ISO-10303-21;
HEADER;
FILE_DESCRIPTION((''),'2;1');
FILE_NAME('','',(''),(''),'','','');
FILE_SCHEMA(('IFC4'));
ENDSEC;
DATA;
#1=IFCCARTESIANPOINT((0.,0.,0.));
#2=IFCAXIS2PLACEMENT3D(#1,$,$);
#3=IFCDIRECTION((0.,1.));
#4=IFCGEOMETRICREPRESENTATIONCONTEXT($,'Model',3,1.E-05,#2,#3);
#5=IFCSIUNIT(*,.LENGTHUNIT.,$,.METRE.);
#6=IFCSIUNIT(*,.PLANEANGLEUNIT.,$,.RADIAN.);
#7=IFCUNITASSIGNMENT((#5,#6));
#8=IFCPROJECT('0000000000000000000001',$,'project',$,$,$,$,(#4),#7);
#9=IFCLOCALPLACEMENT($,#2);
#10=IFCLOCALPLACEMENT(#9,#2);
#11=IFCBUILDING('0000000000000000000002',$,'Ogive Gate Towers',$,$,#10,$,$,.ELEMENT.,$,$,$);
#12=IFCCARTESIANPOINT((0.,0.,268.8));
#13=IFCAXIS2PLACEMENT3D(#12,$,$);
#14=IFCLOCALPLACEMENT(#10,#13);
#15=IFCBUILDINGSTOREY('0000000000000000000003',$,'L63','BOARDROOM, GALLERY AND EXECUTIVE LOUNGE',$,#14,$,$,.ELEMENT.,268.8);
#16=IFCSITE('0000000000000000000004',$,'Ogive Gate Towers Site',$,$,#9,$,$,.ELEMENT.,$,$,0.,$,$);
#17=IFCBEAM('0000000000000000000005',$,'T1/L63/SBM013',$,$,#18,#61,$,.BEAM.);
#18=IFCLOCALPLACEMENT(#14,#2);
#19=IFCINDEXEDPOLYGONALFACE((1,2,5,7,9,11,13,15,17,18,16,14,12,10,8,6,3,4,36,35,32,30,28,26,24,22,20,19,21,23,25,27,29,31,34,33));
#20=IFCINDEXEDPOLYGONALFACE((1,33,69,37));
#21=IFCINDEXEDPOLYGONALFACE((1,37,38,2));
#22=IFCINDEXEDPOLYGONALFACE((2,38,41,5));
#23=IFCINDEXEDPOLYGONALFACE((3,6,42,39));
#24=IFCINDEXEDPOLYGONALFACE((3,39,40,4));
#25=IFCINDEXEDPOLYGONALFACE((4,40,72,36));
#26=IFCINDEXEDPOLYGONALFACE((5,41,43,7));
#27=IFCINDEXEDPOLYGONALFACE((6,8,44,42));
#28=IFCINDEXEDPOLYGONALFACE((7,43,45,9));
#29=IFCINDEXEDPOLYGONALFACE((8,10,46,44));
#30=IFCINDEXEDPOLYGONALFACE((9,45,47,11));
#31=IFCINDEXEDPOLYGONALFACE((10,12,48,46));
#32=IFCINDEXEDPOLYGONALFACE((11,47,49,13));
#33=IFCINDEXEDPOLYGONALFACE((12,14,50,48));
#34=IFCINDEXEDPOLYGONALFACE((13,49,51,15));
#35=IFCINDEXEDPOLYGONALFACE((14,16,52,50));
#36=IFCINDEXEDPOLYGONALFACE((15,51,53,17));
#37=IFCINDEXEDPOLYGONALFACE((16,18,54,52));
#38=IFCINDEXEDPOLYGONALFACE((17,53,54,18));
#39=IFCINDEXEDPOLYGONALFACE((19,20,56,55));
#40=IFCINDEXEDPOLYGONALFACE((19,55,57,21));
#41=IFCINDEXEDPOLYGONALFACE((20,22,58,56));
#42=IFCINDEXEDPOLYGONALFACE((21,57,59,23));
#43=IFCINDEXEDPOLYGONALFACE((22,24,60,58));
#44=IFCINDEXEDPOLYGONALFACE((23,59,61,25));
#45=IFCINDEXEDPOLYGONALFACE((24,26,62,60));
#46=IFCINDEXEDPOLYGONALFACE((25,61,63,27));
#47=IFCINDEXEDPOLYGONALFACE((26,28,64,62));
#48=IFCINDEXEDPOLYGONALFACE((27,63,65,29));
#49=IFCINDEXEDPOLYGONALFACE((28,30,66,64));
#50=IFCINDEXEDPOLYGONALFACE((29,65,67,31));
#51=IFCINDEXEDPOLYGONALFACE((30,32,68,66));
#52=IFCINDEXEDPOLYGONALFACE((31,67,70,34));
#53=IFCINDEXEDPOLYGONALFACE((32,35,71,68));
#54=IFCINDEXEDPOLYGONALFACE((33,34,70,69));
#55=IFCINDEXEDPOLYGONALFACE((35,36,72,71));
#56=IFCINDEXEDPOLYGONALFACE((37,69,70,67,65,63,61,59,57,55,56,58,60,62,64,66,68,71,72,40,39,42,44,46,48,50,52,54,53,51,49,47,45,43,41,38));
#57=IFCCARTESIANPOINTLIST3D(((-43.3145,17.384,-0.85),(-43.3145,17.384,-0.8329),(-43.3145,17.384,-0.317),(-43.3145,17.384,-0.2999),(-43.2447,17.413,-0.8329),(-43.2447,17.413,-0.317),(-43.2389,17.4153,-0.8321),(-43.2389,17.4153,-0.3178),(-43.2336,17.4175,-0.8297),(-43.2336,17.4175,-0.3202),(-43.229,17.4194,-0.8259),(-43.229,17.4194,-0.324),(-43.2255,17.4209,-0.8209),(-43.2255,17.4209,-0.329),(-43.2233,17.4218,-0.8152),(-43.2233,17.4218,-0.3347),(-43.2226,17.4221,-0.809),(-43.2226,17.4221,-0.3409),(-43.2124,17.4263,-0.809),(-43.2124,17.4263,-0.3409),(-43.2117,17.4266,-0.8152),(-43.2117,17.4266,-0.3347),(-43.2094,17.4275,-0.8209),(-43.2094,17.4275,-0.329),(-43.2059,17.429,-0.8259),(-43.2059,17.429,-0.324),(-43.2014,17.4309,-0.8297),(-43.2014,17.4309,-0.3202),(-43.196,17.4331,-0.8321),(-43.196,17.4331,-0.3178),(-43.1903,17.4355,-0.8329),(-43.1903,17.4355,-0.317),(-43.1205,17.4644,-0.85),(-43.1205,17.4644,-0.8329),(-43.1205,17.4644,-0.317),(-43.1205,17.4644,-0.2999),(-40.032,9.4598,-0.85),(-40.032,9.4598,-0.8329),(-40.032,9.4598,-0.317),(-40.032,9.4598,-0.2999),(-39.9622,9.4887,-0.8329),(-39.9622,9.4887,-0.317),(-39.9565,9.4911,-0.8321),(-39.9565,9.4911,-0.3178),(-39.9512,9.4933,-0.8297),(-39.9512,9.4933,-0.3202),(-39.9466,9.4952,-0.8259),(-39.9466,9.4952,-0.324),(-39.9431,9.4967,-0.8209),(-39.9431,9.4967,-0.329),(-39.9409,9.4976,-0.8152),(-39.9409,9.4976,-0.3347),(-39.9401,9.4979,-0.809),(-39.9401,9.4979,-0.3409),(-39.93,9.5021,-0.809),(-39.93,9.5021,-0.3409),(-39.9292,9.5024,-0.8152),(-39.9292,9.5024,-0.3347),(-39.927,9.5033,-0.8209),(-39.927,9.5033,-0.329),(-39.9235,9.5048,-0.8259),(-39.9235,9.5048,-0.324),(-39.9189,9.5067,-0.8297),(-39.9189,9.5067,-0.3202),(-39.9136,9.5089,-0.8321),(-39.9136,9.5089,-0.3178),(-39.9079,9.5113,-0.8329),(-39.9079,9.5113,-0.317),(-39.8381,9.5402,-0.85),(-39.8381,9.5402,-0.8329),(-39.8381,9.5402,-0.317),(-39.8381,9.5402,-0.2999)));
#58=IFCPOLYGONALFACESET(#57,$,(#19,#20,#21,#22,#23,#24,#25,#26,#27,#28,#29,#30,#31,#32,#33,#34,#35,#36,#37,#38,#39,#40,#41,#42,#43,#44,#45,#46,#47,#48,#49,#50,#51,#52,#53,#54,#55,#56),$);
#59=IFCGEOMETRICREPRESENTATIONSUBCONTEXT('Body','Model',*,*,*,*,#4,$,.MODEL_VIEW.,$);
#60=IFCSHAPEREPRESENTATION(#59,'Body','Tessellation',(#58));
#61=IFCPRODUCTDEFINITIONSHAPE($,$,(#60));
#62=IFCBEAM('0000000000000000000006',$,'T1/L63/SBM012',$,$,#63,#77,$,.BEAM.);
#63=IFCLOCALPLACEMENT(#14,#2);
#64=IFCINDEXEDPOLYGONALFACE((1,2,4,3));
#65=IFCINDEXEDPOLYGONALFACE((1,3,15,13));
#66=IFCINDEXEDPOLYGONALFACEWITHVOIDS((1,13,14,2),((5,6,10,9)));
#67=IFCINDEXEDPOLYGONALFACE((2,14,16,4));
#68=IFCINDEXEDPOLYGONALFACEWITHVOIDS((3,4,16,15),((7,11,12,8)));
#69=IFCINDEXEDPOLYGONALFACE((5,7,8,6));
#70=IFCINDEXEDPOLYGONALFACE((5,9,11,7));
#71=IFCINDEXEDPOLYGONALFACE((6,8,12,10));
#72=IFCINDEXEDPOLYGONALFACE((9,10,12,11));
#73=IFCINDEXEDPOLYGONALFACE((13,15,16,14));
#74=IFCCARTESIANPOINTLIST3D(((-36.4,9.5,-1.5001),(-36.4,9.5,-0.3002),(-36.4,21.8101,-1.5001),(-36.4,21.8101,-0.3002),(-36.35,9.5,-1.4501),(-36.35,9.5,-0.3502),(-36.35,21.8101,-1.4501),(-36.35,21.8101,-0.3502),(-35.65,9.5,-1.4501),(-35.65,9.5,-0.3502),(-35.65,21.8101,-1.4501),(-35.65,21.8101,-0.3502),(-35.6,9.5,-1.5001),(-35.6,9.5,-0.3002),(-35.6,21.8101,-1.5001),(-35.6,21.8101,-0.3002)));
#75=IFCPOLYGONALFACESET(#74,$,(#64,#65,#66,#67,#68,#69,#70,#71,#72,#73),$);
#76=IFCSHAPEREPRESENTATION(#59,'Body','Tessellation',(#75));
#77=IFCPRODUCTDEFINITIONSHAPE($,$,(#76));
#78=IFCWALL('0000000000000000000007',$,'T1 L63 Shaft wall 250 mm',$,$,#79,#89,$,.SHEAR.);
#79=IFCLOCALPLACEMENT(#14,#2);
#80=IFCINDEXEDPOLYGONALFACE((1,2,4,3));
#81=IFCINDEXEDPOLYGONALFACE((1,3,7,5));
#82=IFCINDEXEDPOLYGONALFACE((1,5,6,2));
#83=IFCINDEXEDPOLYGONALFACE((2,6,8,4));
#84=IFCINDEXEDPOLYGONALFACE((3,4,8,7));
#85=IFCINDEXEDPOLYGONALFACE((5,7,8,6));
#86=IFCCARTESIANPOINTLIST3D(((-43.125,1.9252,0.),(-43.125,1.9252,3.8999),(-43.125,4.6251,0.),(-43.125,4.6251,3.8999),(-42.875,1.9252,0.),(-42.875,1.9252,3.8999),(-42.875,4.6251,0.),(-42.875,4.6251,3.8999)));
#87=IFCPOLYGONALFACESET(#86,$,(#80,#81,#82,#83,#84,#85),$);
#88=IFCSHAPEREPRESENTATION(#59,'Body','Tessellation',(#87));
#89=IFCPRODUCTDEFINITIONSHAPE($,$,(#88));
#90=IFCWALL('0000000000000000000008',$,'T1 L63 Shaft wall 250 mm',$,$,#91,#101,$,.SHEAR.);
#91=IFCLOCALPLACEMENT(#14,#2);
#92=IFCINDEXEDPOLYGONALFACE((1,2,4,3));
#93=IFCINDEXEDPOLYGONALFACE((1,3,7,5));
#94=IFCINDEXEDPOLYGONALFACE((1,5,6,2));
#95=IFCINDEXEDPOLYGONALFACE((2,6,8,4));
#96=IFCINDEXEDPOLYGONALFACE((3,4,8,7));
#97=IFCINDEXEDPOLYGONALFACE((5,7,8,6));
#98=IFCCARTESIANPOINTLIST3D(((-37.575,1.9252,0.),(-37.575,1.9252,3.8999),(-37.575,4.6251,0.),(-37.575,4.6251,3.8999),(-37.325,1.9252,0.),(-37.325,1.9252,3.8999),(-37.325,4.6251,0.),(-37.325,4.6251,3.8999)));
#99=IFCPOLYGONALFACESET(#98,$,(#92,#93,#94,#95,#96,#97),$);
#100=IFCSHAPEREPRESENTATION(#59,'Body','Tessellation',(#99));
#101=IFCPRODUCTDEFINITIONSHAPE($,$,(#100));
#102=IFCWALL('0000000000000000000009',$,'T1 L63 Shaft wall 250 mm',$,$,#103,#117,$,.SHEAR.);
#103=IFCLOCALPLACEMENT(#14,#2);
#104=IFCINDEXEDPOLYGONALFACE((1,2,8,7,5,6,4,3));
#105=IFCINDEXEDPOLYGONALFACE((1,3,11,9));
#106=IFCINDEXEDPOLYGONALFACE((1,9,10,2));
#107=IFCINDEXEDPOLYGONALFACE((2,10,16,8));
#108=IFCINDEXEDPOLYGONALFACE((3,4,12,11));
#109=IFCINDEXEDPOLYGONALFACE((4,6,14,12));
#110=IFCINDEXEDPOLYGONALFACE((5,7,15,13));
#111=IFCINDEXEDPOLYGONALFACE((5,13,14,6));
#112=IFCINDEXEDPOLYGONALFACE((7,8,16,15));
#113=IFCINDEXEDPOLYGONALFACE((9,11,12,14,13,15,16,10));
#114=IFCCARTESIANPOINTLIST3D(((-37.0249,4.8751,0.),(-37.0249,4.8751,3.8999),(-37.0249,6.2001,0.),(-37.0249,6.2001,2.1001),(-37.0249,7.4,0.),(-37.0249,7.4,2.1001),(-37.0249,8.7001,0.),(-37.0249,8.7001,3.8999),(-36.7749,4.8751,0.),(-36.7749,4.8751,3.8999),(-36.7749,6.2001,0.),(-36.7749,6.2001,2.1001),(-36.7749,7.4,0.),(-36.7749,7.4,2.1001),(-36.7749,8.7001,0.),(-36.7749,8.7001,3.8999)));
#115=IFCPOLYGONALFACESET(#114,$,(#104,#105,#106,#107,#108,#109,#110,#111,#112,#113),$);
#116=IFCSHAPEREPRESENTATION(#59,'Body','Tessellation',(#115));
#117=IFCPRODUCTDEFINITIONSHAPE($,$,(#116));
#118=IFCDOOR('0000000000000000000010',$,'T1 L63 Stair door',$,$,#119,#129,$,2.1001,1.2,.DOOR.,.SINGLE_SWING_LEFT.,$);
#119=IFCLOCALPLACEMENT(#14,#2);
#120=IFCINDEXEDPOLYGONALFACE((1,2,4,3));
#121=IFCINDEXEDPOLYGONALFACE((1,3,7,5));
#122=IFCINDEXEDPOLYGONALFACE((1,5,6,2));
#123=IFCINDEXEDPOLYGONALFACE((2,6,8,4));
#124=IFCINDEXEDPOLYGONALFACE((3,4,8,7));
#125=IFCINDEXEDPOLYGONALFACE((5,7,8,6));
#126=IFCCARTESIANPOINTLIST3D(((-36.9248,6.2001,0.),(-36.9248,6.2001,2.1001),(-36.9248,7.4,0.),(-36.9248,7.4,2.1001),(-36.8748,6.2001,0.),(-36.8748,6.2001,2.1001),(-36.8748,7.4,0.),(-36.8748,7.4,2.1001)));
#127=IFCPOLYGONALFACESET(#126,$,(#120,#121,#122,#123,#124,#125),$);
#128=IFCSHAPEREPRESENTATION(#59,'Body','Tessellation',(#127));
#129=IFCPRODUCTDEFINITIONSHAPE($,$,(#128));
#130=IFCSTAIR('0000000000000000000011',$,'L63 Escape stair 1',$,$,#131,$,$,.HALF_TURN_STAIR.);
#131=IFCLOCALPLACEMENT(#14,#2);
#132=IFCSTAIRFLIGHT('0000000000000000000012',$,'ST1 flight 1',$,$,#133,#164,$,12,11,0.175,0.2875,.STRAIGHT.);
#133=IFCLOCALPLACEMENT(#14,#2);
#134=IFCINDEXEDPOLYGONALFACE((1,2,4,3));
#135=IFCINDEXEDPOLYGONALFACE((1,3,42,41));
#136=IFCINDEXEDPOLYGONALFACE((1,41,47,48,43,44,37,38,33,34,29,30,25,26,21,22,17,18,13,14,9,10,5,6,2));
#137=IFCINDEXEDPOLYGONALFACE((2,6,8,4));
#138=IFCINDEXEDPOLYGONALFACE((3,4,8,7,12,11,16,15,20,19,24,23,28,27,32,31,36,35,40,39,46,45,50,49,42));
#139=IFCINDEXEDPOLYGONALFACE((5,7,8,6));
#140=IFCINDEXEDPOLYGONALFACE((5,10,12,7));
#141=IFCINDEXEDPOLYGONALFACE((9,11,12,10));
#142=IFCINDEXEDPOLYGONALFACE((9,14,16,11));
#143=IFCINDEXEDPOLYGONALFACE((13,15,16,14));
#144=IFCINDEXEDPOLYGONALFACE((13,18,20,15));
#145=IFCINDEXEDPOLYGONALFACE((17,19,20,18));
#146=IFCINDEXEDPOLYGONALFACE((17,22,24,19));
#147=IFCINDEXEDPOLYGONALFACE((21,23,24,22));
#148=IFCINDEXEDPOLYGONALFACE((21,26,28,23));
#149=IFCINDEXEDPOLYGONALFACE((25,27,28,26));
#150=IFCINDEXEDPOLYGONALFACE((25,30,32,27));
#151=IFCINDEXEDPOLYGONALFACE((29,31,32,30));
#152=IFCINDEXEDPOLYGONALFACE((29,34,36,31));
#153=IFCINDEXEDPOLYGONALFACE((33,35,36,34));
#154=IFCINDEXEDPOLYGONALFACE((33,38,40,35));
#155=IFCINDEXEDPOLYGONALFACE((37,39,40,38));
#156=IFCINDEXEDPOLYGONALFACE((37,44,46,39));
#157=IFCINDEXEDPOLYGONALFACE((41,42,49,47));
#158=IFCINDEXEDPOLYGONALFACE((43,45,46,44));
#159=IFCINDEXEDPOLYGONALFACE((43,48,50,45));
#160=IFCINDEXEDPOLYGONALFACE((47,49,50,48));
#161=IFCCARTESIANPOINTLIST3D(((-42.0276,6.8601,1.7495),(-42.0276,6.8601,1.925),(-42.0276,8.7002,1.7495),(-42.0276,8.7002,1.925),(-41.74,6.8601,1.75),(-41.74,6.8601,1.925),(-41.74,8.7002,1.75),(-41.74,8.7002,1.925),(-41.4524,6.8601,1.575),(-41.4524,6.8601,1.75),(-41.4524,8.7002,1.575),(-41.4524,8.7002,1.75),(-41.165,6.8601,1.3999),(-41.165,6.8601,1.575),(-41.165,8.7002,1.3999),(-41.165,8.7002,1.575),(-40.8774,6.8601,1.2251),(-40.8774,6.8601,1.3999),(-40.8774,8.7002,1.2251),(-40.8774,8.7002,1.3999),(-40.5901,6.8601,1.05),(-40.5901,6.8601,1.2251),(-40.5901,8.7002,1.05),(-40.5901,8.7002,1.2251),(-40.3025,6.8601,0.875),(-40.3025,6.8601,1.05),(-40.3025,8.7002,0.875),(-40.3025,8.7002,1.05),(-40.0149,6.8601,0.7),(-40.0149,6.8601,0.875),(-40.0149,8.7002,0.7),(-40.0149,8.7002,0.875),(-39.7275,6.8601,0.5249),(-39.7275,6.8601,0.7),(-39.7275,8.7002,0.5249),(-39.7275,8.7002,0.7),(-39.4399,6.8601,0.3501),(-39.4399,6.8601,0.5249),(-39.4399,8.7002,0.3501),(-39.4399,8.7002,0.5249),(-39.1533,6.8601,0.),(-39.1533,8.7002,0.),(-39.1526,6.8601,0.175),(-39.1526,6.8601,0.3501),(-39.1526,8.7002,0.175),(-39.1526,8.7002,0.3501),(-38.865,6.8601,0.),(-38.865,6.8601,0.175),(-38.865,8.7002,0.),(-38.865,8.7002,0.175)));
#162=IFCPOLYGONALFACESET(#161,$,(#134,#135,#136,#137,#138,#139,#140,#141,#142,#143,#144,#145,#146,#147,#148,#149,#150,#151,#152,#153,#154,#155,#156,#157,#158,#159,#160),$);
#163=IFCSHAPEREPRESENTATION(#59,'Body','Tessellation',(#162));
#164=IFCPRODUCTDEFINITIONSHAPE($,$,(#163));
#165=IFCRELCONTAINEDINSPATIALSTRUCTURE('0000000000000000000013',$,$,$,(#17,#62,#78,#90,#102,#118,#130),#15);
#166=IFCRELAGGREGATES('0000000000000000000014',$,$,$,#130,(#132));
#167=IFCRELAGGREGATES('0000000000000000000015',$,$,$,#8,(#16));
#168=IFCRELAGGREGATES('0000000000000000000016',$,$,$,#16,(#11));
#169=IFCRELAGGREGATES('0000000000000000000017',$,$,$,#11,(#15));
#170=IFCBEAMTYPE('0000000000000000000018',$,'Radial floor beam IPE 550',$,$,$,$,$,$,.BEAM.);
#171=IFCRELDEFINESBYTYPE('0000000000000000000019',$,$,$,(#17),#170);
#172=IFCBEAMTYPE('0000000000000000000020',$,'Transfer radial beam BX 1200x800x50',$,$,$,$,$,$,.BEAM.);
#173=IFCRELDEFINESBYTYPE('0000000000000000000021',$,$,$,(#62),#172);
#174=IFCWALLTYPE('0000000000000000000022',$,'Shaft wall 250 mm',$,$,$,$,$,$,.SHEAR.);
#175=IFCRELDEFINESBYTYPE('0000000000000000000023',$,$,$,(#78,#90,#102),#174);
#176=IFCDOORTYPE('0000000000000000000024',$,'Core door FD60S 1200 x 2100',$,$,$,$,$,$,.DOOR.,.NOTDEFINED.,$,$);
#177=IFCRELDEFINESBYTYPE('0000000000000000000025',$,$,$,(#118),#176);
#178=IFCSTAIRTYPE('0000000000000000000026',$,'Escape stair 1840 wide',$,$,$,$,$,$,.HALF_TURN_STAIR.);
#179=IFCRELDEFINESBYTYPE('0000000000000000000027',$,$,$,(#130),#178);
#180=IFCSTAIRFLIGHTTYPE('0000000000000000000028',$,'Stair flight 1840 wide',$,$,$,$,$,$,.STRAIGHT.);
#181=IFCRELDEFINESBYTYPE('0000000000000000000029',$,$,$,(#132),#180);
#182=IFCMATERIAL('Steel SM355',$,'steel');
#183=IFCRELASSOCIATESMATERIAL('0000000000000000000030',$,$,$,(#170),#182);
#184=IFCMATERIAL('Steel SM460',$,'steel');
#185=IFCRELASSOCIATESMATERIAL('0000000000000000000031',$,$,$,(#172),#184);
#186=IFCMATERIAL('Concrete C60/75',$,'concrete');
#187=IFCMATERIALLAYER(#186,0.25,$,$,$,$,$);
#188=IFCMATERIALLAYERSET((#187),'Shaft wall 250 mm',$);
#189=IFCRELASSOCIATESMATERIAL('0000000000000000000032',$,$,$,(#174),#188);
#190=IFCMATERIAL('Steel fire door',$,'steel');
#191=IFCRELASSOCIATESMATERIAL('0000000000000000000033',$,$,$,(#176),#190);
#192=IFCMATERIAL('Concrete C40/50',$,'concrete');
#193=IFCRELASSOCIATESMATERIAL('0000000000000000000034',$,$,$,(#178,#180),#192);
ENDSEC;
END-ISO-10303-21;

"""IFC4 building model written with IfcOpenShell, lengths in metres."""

from ifc_helpers import new_model, si_unit, direction, frame, frame_2d, origin, origin_2d, place, context, subcontext, project, spatial, polyline, rectangle, hollow_rectangle, i_section, outline, extrude, material, layer, layer_set, material_profile, profile_set, type_object, element, fill, aggregate, save


model = new_model("IFC4")

# Units and contexts
model_context = context("Model", 3, precision=1e-05, world=origin(), true_north=direction((0.0, 1.0)))
body_context = subcontext(model_context, "Body", "Model", "MODEL_VIEW")
ifc_project = project(units=[si_unit("LENGTHUNIT", "METRE"), si_unit("PLANEANGLEUNIT", "RADIAN")], contexts=[model_context])

# Site, building, storey
site_placement = place(None, origin())
site = spatial("IfcSite", under=ifc_project, at=site_placement, Name="Ogive Gate Towers Site", CompositionType="ELEMENT", RefElevation=0.0)
building_placement = place(site_placement, origin())
building = spatial("IfcBuilding", under=site, at=building_placement, Name="Ogive Gate Towers", CompositionType="ELEMENT")
storey_placement = place(building_placement, frame((0.0, 0.0, 268.8)))
storey = spatial("IfcBuildingStorey", under=building, at=storey_placement, Name="L63", Description="BOARDROOM, GALLERY AND EXECUTIVE LOUNGE", CompositionType="ELEMENT", Elevation=268.8)

# Beams
ifc_material_1 = material(Name="Steel SM355", Category="steel")
ifc_material_profile_1 = material_profile(ifc_material_1, i_section(OverallWidth=0.21, OverallDepth=0.55, WebThickness=0.011, FlangeThickness=0.0171, FilletRadius=0.0239, at=origin_2d()), Name="IPE 550")
ifc_profile_set_1 = profile_set([ifc_material_profile_1], Name="Steel SM355")
beam_type_1 = type_object("IfcBeamType", Name="Radial floor beam IPE 550", PredefinedType="BEAM", material=ifc_profile_set_1)
beam_1_placement = place(storey_placement, frame((-39.9351, 9.5, -0.575), z_axis=(-0.382695, 0.923875, 0.0), x_axis=(-0.923875, -0.382695, 0.0)))
element("IfcBeam", 1, at=beam_1_placement, inside=storey, type_object=beam_type_1, Name="T1/L63/SBM013", PredefinedType="BEAM", context=body_context, shape_type="SweptSolid", body=[
    extrude(i_section(OverallWidth=0.21, OverallDepth=0.55, WebThickness=0.011, FlangeThickness=0.0171, FilletRadius=0.0239, at=origin_2d()), origin(), (0.0, 0.0, 1.0), 8.5771),
])
ifc_material_2 = material(Name="Steel SM460", Category="steel")
ifc_material_profile_2 = material_profile(ifc_material_2, hollow_rectangle(XDim=0.8, YDim=1.2, WallThickness=0.05, at=origin_2d()), Name="BX 1200x800x50")
ifc_profile_set_2 = profile_set([ifc_material_profile_2], Name="Steel SM460")
beam_type_2 = type_object("IfcBeamType", Name="Transfer radial beam BX 1200x800x50", PredefinedType="BEAM", material=ifc_profile_set_2)
beam_2_placement = place(storey_placement, frame((-36.0, 9.5, -0.9001), z_axis=(0.0, 1.0, 0.0), x_axis=(-1.0, 0.0, 0.0)))
element("IfcBeam", 2, at=beam_2_placement, inside=storey, type_object=beam_type_2, Name="T1/L63/SBM012", PredefinedType="BEAM", context=body_context, shape_type="SweptSolid", body=[
    extrude(hollow_rectangle(XDim=0.8, YDim=1.2, WallThickness=0.05, at=origin_2d()), origin(), (0.0, 0.0, 1.0), 12.3101),
])

# Walls
ifc_material_3 = material(Name="Concrete C60/75", Category="concrete")
ifc_layer = layer(ifc_material_3, 0.25)
ifc_layer_set = layer_set([ifc_layer], Name="Shaft wall 250 mm")
wall_type = type_object("IfcWallType", Name="Shaft wall 250 mm", PredefinedType="SHEAR", material=ifc_layer_set)
for number, where, z_axis, x_axis, name in (
    (3, (-43.0, 1.925, 0.0), (0.0, 0.0, 1.0), (0.0, 1.0, 0.0), "T1 L63 Shaft wall 250 mm"),
    (4, (-37.45, 1.925, 0.0), (0.0, 0.0, 1.0), (0.0, 1.0, 0.0), "T1 L63 Shaft wall 250 mm"),
):
    element("IfcWall", number, at=place(storey_placement, frame(where, z_axis=z_axis, x_axis=x_axis)), inside=storey, type_object=wall_type, Name=name, PredefinedType="SHEAR", context=body_context, shape_type="SweptSolid", body=[
        extrude(rectangle(XDim=2.7, YDim=0.25, at=frame_2d((1.3501, 0.0))), origin(), (0.0, 0.0, 1.0), 3.8999),
    ])

# Wall, opening, door
wall_placement = place(storey_placement, frame((-36.8999, 4.875, 0.0), z_axis=(0.0, 0.0, 1.0), x_axis=(0.0, 1.0, 0.0)))
wall = element("IfcWall", 5, at=wall_placement, inside=storey, type_object=wall_type, Name="T1 L63 Shaft wall 250 mm", PredefinedType="SHEAR", context=body_context, shape_type="SweptSolid", body=[
    extrude(rectangle(XDim=3.825, YDim=0.25, at=frame_2d((1.9126, 0.0))), origin(), (0.0, 0.0, 1.0), 3.8999),
])
opening_placement = place(wall_placement, frame((1.325, 0.0, 0.0)))
opening = element("IfcOpeningElement", 6, at=opening_placement, cuts=wall, PredefinedType="OPENING", context=body_context, shape_type="SweptSolid", body=[
    extrude(rectangle(XDim=1.2, YDim=2.1001, at=frame_2d((0.6001, 1.05))), frame((0.0, 0.135, 0.0), z_axis=(0.0, -1.0, 0.0), x_axis=(1.0, 0.0, 0.0)), (0.0, 0.0, 1.0), 0.27),
])
ifc_material_4 = material(Name="Steel fire door", Category="steel")
door_type = type_object("IfcDoorType", Name="Core door FD60S 1200 x 2100", OperationType="NOTDEFINED", PredefinedType="DOOR", material=ifc_material_4)
door_placement = place(opening_placement, origin())
door = element("IfcDoor", 7, at=door_placement, inside=storey, type_object=door_type, Name="T1 L63 Stair door", OperationType="SINGLE_SWING_LEFT", OverallHeight=2.1001, OverallWidth=1.2, PredefinedType="DOOR", context=body_context, shape_type="SweptSolid", body=[
    extrude(rectangle(XDim=1.2, YDim=2.1001, at=frame_2d((0.6001, 1.05))), frame((0.0, 0.0249, 0.0), z_axis=(0.0, -1.0, 0.0), x_axis=(1.0, 0.0, 0.0)), (0.0, 0.0, 1.0), 0.05),
])
fill(opening, door)

# Stair, stair flight
ifc_material_5 = material(Name="Concrete C40/50", Category="concrete")
stair_type = type_object("IfcStairType", Name="Escape stair 1840 wide", PredefinedType="HALF_TURN_STAIR", material=ifc_material_5)
stair_placement = place(storey_placement, origin())
stair = element("IfcStair", 8, at=stair_placement, inside=storey, type_object=stair_type, Name="L63 Escape stair 1", PredefinedType="HALF_TURN_STAIR")
stair_flight_type = type_object("IfcStairFlightType", Name="Stair flight 1840 wide", PredefinedType="STRAIGHT", material=ifc_material_5)
stair_flight_1_placement = place(storey_placement, frame((-38.865, 7.78, 0.0), z_axis=(0.0, 0.0, 1.0), x_axis=(-1.0, 0.0, 0.0)))
stair_flight_1 = element("IfcStairFlight", 9, at=stair_flight_1_placement, type_object=stair_flight_type, Name="ST1 flight 1", NumberOfRisers=12, NumberOfTreads=11, PredefinedType="STRAIGHT", RiserHeight=0.175, TreadLength=0.2875, context=body_context, shape_type="SweptSolid", body=[
    extrude(outline(polyline([(0.0, 0.0), (0.0, 0.175), (0.2876, 0.175), (0.2876, 0.3501), (0.575, 0.3501), (0.575, 0.5249), (0.8625, 0.5249), (0.8625, 0.7), (1.1499, 0.7), (1.1499, 0.875), (1.4375, 0.875), (1.4375, 1.05), (1.7251, 1.05), (1.7251, 1.2251), (2.0125, 1.2251), (2.0125, 1.3999), (2.3, 1.3999), (2.3, 1.575), (2.5874, 1.575), (2.5874, 1.75), (2.875, 1.75), (2.875, 1.925), (3.1626, 1.925), (3.1626, 2.1001), (3.1626, 1.7495), (0.2883, 0.0), (0.0, 0.0)])), frame((0.0, 0.9199, 0.0), z_axis=(0.0, -1.0, 0.0), x_axis=(1.0, 0.0, 0.0)), (0.0, 0.0, 1.0), 1.8401),
])
aggregate(stair, [stair_flight_1])

save(model, "model.ifc")
